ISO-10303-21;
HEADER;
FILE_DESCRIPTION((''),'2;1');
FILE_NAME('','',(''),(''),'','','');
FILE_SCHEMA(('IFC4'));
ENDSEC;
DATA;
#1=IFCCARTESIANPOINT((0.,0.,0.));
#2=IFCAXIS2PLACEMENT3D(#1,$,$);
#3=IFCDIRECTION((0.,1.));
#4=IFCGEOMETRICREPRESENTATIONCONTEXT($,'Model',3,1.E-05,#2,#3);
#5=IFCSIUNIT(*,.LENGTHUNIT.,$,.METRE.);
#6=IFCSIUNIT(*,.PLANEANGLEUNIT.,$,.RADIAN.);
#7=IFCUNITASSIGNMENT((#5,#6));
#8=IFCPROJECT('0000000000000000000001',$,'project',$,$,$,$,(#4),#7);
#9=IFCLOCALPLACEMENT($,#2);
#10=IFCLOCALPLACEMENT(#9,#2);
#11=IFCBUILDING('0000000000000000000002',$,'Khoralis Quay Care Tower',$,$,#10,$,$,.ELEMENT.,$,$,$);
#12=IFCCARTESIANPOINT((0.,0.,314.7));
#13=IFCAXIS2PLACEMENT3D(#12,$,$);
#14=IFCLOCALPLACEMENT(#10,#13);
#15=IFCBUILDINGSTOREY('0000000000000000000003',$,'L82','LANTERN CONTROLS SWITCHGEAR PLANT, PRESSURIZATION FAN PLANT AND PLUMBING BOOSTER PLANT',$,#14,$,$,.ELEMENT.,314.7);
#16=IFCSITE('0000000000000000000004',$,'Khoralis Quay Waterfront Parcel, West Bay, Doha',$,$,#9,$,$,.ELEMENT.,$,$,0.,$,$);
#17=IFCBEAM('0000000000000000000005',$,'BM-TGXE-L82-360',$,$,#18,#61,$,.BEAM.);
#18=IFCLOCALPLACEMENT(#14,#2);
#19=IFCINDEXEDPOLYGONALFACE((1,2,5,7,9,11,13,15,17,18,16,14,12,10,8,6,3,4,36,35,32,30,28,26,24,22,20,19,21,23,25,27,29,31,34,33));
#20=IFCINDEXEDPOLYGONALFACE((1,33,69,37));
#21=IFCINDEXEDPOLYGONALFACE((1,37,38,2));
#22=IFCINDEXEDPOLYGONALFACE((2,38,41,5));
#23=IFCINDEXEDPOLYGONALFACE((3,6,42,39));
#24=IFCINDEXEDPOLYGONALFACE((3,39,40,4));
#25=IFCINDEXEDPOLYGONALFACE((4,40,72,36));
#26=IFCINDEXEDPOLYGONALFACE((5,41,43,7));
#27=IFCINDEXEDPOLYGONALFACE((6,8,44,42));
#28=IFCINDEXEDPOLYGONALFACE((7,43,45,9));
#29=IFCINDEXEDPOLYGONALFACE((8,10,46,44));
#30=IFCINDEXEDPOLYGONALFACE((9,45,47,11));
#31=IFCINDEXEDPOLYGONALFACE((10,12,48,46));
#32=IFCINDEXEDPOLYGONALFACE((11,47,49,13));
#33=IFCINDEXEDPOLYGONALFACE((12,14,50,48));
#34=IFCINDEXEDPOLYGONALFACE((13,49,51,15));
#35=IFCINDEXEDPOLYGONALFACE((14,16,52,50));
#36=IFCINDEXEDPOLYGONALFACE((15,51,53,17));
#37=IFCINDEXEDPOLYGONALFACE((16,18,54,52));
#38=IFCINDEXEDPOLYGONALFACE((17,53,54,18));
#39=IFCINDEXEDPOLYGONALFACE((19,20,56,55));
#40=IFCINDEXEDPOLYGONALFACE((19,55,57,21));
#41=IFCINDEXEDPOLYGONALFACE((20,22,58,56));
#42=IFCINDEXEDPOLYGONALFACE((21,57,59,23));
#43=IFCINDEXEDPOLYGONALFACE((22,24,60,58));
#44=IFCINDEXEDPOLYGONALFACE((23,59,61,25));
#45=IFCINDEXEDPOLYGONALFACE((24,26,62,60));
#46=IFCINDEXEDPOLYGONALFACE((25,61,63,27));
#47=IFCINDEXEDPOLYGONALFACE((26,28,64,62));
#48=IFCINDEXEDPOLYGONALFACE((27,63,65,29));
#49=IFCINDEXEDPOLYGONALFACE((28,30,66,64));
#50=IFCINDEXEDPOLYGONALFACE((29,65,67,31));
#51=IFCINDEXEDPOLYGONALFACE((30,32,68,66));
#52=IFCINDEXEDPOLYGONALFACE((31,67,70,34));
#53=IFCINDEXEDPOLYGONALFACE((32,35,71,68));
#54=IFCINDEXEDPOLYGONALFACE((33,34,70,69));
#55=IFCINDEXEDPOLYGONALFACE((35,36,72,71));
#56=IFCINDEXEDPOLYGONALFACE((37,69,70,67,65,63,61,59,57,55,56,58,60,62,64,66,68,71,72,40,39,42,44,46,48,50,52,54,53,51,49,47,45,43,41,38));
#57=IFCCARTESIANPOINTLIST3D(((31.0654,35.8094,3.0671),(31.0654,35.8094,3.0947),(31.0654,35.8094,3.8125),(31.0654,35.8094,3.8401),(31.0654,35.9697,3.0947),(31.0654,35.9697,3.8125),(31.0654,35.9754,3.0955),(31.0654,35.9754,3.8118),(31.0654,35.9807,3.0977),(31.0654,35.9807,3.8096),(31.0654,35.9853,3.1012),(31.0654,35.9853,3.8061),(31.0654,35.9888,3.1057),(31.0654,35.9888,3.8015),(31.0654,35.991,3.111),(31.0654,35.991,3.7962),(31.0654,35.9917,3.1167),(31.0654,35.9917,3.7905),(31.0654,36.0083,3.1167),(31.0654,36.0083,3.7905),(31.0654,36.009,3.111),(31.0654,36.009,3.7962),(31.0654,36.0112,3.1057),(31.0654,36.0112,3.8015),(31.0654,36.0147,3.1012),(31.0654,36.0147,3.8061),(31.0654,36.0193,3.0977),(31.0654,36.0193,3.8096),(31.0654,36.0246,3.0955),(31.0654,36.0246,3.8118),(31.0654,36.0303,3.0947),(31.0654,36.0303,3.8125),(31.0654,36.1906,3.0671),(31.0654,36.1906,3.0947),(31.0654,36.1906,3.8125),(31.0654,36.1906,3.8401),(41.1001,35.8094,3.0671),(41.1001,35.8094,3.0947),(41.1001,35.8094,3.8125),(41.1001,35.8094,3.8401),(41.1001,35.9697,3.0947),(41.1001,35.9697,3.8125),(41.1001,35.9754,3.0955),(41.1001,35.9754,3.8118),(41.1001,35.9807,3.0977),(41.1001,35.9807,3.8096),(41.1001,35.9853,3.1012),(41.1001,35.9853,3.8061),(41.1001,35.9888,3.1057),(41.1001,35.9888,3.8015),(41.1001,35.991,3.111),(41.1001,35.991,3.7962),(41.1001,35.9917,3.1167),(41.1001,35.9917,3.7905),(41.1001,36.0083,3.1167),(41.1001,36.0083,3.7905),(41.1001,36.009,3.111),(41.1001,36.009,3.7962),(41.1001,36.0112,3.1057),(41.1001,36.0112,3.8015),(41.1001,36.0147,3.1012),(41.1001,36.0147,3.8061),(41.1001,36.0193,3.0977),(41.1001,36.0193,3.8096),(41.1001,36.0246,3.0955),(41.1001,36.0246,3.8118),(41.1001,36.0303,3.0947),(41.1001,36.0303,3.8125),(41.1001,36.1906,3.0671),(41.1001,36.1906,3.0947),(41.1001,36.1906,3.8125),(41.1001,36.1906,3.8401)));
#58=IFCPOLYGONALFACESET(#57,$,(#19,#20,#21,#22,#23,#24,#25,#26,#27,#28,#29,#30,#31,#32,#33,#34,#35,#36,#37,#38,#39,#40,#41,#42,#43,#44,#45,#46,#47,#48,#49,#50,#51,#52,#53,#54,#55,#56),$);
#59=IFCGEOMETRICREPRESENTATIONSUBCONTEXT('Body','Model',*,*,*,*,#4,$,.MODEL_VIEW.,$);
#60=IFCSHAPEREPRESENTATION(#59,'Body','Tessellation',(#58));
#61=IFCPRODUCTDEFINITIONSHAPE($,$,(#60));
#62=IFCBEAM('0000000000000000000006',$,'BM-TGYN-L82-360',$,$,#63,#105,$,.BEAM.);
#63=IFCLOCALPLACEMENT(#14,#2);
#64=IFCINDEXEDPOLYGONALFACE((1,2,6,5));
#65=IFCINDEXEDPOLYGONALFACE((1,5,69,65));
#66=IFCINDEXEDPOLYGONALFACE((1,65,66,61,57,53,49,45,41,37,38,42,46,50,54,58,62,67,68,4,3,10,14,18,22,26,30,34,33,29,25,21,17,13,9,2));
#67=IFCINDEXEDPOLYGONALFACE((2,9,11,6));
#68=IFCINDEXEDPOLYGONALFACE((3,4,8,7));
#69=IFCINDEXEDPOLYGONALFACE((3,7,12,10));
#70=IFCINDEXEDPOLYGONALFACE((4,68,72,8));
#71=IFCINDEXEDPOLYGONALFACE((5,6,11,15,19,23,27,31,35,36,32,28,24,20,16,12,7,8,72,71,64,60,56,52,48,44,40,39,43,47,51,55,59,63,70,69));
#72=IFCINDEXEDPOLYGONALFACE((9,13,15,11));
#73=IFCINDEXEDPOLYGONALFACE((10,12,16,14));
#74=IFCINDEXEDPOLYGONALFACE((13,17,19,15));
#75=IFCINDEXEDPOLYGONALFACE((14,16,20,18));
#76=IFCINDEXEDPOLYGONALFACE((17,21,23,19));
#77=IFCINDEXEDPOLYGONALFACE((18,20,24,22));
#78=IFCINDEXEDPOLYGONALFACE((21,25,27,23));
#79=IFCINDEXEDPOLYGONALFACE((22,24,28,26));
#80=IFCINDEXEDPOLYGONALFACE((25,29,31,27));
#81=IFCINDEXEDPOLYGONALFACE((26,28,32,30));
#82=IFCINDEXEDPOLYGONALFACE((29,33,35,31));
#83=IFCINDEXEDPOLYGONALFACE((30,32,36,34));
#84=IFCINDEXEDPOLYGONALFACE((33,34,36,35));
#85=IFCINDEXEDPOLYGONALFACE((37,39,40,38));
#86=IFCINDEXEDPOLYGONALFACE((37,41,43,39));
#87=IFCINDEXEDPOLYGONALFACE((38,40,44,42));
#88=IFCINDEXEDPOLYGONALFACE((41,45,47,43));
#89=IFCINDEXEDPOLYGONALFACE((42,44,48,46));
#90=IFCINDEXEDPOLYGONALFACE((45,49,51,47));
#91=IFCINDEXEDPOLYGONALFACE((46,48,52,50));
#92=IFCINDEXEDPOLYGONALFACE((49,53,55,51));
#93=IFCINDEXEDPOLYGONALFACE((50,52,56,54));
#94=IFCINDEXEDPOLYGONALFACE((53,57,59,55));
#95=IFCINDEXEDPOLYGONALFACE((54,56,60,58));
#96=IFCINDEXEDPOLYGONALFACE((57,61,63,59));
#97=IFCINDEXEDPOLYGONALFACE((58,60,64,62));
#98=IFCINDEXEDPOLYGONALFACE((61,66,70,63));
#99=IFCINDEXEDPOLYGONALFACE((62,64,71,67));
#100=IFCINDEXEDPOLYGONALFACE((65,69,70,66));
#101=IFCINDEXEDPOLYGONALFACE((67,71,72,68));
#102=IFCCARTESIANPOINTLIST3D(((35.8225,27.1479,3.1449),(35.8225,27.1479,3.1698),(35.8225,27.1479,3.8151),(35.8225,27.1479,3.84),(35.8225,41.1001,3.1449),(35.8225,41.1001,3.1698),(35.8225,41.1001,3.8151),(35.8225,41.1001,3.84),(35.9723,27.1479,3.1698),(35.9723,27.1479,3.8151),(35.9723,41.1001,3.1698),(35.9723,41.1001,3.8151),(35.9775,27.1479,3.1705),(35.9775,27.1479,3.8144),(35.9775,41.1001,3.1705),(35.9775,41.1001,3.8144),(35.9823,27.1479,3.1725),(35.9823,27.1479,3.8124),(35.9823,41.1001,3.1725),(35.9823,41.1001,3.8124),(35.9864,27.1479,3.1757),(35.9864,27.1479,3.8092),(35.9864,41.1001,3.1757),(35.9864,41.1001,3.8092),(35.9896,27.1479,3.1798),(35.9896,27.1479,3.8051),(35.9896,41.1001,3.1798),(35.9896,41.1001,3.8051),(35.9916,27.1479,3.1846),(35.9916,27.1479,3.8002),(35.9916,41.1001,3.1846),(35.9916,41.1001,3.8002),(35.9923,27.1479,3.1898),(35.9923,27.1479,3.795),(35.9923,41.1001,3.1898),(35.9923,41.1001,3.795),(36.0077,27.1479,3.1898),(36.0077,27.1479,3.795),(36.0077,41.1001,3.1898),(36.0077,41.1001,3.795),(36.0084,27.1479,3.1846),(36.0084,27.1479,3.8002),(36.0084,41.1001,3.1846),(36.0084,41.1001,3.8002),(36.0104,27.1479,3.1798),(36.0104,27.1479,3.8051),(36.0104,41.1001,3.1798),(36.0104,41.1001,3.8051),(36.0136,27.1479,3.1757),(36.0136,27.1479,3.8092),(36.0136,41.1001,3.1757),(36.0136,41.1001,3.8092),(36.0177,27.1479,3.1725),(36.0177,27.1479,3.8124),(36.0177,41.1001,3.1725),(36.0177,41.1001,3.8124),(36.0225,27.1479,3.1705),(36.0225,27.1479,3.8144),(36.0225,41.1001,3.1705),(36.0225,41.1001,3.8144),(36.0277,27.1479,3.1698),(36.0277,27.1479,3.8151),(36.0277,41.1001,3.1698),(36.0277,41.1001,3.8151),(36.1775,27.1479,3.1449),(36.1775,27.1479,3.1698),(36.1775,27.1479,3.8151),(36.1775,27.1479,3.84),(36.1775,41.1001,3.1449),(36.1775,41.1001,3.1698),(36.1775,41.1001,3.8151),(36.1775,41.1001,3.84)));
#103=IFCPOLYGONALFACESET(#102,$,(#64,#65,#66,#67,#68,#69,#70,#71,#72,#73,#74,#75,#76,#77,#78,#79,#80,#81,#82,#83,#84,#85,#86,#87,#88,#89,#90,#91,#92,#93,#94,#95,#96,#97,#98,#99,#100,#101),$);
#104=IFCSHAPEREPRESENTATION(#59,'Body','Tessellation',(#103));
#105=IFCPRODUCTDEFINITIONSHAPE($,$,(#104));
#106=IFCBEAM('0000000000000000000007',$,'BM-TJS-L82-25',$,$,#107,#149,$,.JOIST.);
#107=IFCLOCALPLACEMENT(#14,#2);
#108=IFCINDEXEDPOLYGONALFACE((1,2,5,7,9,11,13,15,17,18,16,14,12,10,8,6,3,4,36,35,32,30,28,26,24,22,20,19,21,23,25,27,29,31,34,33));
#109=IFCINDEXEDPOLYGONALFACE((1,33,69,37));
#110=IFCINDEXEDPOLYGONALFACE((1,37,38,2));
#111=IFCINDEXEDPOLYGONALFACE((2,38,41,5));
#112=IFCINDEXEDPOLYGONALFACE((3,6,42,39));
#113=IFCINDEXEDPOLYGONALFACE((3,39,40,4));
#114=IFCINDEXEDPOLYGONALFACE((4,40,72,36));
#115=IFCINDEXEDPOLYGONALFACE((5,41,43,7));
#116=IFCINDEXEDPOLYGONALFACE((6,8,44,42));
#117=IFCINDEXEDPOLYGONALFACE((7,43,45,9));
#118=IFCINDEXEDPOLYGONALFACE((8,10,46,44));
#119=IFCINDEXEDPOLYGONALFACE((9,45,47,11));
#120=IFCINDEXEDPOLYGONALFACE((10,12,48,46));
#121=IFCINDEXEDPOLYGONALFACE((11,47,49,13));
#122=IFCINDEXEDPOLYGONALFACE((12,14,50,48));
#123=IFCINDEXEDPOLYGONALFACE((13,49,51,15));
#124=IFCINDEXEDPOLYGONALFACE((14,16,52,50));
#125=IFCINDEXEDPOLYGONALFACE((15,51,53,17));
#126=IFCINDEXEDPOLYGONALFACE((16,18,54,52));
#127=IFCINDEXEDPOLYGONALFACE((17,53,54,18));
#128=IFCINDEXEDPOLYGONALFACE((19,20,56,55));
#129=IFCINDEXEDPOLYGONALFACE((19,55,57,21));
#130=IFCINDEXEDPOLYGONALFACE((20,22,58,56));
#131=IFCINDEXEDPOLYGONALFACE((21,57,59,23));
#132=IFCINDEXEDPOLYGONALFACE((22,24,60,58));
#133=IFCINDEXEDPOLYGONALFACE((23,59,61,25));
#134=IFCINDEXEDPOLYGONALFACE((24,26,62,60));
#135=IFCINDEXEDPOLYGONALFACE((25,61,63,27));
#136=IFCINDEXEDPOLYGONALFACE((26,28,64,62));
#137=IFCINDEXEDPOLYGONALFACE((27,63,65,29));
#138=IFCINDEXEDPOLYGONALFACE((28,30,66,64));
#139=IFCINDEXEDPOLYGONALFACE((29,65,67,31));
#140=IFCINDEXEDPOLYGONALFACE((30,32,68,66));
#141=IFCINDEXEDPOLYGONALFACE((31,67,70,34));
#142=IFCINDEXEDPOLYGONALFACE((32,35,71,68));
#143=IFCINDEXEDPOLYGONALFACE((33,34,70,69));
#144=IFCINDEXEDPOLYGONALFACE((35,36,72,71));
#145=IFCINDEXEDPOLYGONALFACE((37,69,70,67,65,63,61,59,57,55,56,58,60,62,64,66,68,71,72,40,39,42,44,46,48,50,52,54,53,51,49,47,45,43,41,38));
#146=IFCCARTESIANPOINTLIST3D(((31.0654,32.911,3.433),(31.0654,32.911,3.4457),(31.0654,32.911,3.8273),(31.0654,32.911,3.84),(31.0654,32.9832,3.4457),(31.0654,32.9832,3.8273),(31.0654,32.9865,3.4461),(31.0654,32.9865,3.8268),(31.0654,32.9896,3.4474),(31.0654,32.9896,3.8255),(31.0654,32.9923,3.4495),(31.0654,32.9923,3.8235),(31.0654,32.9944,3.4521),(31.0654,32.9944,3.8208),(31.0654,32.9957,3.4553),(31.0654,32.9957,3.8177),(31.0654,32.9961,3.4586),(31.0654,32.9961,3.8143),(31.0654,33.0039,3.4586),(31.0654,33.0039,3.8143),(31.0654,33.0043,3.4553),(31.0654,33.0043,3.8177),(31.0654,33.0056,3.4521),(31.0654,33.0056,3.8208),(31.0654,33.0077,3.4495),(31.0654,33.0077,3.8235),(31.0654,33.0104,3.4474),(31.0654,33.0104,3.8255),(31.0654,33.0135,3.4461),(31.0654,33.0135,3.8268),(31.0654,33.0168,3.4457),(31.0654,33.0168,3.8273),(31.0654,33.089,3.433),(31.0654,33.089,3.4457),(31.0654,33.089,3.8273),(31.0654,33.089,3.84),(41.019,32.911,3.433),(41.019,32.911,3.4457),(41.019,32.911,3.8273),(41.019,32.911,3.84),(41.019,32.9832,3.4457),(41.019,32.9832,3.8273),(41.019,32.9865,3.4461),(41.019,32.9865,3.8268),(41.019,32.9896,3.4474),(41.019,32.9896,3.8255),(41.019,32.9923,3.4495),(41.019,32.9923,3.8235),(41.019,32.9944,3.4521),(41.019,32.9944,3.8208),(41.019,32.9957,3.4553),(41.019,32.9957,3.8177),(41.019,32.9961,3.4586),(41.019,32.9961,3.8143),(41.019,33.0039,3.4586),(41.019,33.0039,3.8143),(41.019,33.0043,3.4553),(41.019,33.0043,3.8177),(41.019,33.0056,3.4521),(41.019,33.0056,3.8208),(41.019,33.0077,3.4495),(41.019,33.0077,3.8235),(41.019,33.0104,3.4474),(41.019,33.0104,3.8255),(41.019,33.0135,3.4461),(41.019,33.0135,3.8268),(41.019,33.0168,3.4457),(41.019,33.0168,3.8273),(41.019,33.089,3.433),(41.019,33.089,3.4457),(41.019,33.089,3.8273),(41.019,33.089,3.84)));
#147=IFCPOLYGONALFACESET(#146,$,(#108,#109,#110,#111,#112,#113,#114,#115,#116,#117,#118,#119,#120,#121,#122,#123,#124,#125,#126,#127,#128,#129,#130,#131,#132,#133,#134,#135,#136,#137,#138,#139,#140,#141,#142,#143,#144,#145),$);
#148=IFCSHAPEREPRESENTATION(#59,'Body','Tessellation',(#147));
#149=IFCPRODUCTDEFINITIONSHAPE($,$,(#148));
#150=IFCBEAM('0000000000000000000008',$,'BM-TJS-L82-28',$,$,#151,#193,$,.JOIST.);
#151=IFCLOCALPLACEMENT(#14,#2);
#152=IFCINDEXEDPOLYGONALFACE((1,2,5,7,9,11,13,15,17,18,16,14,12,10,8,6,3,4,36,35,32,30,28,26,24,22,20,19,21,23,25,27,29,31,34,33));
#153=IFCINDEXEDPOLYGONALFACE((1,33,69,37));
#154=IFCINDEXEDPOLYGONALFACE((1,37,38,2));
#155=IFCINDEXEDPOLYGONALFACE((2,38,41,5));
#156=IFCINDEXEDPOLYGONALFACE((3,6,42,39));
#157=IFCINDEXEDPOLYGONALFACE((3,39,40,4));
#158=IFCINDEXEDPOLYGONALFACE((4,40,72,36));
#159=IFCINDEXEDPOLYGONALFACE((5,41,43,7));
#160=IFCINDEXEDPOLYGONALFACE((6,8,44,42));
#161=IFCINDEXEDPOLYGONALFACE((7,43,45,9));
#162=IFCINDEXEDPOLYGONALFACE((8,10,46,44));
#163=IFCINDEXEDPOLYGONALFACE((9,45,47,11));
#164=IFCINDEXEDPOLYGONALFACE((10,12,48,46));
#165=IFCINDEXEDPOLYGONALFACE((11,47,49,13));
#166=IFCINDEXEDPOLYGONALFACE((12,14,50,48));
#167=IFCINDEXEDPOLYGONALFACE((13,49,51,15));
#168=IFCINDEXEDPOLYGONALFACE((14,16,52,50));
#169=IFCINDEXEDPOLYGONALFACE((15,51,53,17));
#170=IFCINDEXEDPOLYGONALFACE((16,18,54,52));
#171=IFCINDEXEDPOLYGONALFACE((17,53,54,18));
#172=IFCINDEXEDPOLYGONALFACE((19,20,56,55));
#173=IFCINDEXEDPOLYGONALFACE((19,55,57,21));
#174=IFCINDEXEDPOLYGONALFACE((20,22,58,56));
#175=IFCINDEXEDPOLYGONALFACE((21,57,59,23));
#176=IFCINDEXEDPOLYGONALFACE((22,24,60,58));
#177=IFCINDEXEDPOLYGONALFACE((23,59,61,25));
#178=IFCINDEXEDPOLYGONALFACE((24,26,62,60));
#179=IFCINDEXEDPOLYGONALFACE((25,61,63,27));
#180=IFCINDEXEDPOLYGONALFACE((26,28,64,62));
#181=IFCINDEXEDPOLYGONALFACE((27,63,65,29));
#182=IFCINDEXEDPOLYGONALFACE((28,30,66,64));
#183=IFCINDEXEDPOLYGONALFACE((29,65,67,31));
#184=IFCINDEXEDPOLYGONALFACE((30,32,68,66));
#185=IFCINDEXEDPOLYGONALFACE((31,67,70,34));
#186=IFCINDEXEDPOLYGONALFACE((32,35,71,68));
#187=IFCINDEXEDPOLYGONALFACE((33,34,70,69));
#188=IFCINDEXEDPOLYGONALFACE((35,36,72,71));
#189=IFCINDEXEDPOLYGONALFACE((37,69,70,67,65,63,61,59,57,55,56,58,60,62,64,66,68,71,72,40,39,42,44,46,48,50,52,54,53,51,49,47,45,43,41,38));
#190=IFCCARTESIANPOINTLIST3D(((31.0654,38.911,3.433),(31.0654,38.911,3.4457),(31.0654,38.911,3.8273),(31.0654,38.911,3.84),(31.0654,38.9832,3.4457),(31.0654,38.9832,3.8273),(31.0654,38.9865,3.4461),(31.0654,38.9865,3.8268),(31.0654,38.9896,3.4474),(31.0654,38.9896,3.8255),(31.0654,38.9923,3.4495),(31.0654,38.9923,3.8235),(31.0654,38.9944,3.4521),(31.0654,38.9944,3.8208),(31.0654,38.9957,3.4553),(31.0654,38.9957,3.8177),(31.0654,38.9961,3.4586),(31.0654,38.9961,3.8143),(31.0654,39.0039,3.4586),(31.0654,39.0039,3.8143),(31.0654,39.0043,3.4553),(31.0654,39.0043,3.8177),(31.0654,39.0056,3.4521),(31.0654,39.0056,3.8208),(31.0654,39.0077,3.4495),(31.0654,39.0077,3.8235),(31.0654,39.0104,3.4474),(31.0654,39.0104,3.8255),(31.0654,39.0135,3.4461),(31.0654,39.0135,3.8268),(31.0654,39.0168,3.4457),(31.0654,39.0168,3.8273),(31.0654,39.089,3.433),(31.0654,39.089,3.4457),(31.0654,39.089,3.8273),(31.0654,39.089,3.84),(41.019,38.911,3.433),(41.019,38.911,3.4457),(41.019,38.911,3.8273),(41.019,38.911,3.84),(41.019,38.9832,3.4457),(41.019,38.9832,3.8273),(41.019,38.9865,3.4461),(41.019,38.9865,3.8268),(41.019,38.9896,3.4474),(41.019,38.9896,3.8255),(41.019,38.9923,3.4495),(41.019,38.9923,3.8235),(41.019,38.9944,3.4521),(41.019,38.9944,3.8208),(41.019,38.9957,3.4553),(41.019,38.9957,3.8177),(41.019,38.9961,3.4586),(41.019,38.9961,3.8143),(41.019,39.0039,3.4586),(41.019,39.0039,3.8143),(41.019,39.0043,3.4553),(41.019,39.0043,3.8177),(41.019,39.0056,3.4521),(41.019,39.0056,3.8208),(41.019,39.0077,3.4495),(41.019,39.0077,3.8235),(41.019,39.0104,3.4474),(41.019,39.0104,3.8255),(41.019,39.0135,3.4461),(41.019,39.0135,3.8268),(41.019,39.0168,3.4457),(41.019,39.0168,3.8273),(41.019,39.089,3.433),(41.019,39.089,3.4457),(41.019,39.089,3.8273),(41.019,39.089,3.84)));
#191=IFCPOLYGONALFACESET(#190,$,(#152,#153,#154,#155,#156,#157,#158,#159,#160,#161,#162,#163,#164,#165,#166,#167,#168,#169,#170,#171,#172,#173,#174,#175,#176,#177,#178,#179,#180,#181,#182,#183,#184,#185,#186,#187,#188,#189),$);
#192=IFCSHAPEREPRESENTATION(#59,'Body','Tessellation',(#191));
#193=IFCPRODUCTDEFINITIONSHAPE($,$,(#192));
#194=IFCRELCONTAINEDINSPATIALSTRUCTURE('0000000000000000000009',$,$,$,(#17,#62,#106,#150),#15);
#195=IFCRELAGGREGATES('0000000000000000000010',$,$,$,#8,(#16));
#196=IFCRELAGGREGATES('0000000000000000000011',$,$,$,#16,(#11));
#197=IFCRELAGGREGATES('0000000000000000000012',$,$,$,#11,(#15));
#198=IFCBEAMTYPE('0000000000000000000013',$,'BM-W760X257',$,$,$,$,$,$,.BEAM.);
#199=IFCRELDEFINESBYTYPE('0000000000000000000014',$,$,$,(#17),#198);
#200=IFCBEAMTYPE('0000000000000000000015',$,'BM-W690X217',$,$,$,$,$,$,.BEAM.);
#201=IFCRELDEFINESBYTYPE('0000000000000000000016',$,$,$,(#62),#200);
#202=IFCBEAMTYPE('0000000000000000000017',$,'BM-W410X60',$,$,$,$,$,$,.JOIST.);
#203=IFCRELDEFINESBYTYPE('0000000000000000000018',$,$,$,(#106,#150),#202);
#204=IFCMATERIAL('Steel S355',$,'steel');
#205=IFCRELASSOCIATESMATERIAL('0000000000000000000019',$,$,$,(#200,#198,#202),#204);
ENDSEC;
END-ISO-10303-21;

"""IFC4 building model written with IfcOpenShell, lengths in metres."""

from ifc_helpers import new_model, si_unit, direction, frame, origin, origin_2d, place, context, subcontext, project, spatial, i_section, extrude, source, transform, mapped, material, material_profile, profile_set, type_object, element, save


model = new_model("IFC4")

# Units and contexts
model_context = context("Model", 3, precision=1e-05, world=origin(), true_north=direction((0.0, 1.0)))
body_context = subcontext(model_context, "Body", "Model", "MODEL_VIEW")
ifc_project = project(units=[si_unit("LENGTHUNIT", "METRE"), si_unit("PLANEANGLEUNIT", "RADIAN")], contexts=[model_context])

# Site, building, storey
site_placement = place(None, origin())
site = spatial("IfcSite", under=ifc_project, at=site_placement, Name="Khoralis Quay Waterfront Parcel, West Bay, Doha", CompositionType="ELEMENT", RefElevation=0.0)
building_placement = place(site_placement, origin())
building = spatial("IfcBuilding", under=site, at=building_placement, Name="Khoralis Quay Care Tower", CompositionType="ELEMENT")
storey_placement = place(building_placement, frame((0.0, 0.0, 314.7)))
storey = spatial("IfcBuildingStorey", under=building, at=storey_placement, Name="L82", Description="LANTERN CONTROLS SWITCHGEAR PLANT, PRESSURIZATION FAN PLANT AND PLUMBING BOOSTER PLANT", CompositionType="ELEMENT", Elevation=314.7)

# Shared definitions
ifc_material_1 = material(Name="Steel S355", Category="steel")

# Beams
ifc_material_profile_1 = material_profile(ifc_material_1, i_section(OverallWidth=0.355, OverallDepth=0.6951, WebThickness=0.0154, FlangeThickness=0.0249, FilletRadius=0.02, at=origin_2d()), Name="Steel S355")
ifc_profile_set_1 = profile_set([ifc_material_profile_1], Name="Steel S355")
beam_type_1 = type_object("IfcBeamType", Name="BM-W690X217", PredefinedType="BEAM", material=ifc_profile_set_1)
ifc_material_profile_2 = material_profile(ifc_material_1, i_section(OverallWidth=0.3811, OverallDepth=0.7729, WebThickness=0.0166, FlangeThickness=0.0276, FilletRadius=0.022, at=origin_2d()), Name="Steel S355")
ifc_profile_set_2 = profile_set([ifc_material_profile_2], Name="Steel S355")
beam_type_2 = type_object("IfcBeamType", Name="BM-W760X257", PredefinedType="BEAM", material=ifc_profile_set_2)
shared_shape_1 = source(origin(), body_context, "Body", "SweptSolid", [
    extrude(i_section(OverallWidth=0.3811, OverallDepth=0.7729, WebThickness=0.0166, FlangeThickness=0.0276, FilletRadius=0.022, at=origin_2d()), origin(), (0.0, 0.0, 1.0), 10.0347),
])
beam_1_placement = place(storey_placement, frame((31.0654, 36.0, 3.4536), z_axis=(1.0, 0.0, 0.0), x_axis=(0.0, 1.0, 0.0)))
element("IfcBeam", 1, at=beam_1_placement, inside=storey, type_object=beam_type_2, Name="BM-TGXE-L82-360", PredefinedType="BEAM", context=body_context, shape_type="MappedRepresentation", body=[
    mapped(shared_shape_1, transform((0.0, 0.0, 0.0), scale=1.0)),
])
shared_shape_2 = source(origin(), body_context, "Body", "SweptSolid", [
    extrude(i_section(OverallWidth=0.355, OverallDepth=0.6951, WebThickness=0.0154, FlangeThickness=0.0249, FilletRadius=0.02, at=origin_2d()), origin(), (0.0, 0.0, 1.0), 13.9521),
])
beam_2_placement = place(storey_placement, frame((36.0, 27.1479, 3.4924), z_axis=(0.0, 1.0, 0.0), x_axis=(-1.0, 0.0, 0.0)))
element("IfcBeam", 2, at=beam_2_placement, inside=storey, type_object=beam_type_1, Name="BM-TGYN-L82-360", PredefinedType="BEAM", context=body_context, shape_type="MappedRepresentation", body=[
    mapped(shared_shape_2, transform((0.0, 0.0, 0.0), scale=1.0)),
])
ifc_material_profile_3 = material_profile(ifc_material_1, i_section(OverallWidth=0.178, OverallDepth=0.407, WebThickness=0.0078, FlangeThickness=0.0127, FilletRadius=0.0129, at=origin_2d()), Name="Steel S355")
ifc_profile_set_3 = profile_set([ifc_material_profile_3], Name="Steel S355")
beam_type_3 = type_object("IfcBeamType", Name="BM-W410X60", PredefinedType="JOIST", material=ifc_profile_set_3)
shared_shape_3 = source(origin(), body_context, "Body", "SweptSolid", [
    extrude(i_section(OverallWidth=0.178, OverallDepth=0.407, WebThickness=0.0078, FlangeThickness=0.0127, FilletRadius=0.0129, at=origin_2d()), origin(), (0.0, 0.0, 1.0), 9.9536),
])
for number, where, z_axis, x_axis, name in (
    (3, (31.0654, 33.0, 3.6365), (1.0, 0.0, 0.0), (0.0, 1.0, 0.0), "BM-TJS-L82-25"),
    (4, (31.0654, 39.0, 3.6365), (1.0, 0.0, 0.0), (0.0, 1.0, 0.0), "BM-TJS-L82-28"),
):
    element("IfcBeam", number, at=place(storey_placement, frame(where, z_axis=z_axis, x_axis=x_axis)), inside=storey, type_object=beam_type_3, Name=name, PredefinedType="JOIST", context=body_context, shape_type="MappedRepresentation", body=[
        mapped(shared_shape_3, transform((0.0, 0.0, 0.0), scale=1.0)),
    ])

save(model, "model.ifc")
